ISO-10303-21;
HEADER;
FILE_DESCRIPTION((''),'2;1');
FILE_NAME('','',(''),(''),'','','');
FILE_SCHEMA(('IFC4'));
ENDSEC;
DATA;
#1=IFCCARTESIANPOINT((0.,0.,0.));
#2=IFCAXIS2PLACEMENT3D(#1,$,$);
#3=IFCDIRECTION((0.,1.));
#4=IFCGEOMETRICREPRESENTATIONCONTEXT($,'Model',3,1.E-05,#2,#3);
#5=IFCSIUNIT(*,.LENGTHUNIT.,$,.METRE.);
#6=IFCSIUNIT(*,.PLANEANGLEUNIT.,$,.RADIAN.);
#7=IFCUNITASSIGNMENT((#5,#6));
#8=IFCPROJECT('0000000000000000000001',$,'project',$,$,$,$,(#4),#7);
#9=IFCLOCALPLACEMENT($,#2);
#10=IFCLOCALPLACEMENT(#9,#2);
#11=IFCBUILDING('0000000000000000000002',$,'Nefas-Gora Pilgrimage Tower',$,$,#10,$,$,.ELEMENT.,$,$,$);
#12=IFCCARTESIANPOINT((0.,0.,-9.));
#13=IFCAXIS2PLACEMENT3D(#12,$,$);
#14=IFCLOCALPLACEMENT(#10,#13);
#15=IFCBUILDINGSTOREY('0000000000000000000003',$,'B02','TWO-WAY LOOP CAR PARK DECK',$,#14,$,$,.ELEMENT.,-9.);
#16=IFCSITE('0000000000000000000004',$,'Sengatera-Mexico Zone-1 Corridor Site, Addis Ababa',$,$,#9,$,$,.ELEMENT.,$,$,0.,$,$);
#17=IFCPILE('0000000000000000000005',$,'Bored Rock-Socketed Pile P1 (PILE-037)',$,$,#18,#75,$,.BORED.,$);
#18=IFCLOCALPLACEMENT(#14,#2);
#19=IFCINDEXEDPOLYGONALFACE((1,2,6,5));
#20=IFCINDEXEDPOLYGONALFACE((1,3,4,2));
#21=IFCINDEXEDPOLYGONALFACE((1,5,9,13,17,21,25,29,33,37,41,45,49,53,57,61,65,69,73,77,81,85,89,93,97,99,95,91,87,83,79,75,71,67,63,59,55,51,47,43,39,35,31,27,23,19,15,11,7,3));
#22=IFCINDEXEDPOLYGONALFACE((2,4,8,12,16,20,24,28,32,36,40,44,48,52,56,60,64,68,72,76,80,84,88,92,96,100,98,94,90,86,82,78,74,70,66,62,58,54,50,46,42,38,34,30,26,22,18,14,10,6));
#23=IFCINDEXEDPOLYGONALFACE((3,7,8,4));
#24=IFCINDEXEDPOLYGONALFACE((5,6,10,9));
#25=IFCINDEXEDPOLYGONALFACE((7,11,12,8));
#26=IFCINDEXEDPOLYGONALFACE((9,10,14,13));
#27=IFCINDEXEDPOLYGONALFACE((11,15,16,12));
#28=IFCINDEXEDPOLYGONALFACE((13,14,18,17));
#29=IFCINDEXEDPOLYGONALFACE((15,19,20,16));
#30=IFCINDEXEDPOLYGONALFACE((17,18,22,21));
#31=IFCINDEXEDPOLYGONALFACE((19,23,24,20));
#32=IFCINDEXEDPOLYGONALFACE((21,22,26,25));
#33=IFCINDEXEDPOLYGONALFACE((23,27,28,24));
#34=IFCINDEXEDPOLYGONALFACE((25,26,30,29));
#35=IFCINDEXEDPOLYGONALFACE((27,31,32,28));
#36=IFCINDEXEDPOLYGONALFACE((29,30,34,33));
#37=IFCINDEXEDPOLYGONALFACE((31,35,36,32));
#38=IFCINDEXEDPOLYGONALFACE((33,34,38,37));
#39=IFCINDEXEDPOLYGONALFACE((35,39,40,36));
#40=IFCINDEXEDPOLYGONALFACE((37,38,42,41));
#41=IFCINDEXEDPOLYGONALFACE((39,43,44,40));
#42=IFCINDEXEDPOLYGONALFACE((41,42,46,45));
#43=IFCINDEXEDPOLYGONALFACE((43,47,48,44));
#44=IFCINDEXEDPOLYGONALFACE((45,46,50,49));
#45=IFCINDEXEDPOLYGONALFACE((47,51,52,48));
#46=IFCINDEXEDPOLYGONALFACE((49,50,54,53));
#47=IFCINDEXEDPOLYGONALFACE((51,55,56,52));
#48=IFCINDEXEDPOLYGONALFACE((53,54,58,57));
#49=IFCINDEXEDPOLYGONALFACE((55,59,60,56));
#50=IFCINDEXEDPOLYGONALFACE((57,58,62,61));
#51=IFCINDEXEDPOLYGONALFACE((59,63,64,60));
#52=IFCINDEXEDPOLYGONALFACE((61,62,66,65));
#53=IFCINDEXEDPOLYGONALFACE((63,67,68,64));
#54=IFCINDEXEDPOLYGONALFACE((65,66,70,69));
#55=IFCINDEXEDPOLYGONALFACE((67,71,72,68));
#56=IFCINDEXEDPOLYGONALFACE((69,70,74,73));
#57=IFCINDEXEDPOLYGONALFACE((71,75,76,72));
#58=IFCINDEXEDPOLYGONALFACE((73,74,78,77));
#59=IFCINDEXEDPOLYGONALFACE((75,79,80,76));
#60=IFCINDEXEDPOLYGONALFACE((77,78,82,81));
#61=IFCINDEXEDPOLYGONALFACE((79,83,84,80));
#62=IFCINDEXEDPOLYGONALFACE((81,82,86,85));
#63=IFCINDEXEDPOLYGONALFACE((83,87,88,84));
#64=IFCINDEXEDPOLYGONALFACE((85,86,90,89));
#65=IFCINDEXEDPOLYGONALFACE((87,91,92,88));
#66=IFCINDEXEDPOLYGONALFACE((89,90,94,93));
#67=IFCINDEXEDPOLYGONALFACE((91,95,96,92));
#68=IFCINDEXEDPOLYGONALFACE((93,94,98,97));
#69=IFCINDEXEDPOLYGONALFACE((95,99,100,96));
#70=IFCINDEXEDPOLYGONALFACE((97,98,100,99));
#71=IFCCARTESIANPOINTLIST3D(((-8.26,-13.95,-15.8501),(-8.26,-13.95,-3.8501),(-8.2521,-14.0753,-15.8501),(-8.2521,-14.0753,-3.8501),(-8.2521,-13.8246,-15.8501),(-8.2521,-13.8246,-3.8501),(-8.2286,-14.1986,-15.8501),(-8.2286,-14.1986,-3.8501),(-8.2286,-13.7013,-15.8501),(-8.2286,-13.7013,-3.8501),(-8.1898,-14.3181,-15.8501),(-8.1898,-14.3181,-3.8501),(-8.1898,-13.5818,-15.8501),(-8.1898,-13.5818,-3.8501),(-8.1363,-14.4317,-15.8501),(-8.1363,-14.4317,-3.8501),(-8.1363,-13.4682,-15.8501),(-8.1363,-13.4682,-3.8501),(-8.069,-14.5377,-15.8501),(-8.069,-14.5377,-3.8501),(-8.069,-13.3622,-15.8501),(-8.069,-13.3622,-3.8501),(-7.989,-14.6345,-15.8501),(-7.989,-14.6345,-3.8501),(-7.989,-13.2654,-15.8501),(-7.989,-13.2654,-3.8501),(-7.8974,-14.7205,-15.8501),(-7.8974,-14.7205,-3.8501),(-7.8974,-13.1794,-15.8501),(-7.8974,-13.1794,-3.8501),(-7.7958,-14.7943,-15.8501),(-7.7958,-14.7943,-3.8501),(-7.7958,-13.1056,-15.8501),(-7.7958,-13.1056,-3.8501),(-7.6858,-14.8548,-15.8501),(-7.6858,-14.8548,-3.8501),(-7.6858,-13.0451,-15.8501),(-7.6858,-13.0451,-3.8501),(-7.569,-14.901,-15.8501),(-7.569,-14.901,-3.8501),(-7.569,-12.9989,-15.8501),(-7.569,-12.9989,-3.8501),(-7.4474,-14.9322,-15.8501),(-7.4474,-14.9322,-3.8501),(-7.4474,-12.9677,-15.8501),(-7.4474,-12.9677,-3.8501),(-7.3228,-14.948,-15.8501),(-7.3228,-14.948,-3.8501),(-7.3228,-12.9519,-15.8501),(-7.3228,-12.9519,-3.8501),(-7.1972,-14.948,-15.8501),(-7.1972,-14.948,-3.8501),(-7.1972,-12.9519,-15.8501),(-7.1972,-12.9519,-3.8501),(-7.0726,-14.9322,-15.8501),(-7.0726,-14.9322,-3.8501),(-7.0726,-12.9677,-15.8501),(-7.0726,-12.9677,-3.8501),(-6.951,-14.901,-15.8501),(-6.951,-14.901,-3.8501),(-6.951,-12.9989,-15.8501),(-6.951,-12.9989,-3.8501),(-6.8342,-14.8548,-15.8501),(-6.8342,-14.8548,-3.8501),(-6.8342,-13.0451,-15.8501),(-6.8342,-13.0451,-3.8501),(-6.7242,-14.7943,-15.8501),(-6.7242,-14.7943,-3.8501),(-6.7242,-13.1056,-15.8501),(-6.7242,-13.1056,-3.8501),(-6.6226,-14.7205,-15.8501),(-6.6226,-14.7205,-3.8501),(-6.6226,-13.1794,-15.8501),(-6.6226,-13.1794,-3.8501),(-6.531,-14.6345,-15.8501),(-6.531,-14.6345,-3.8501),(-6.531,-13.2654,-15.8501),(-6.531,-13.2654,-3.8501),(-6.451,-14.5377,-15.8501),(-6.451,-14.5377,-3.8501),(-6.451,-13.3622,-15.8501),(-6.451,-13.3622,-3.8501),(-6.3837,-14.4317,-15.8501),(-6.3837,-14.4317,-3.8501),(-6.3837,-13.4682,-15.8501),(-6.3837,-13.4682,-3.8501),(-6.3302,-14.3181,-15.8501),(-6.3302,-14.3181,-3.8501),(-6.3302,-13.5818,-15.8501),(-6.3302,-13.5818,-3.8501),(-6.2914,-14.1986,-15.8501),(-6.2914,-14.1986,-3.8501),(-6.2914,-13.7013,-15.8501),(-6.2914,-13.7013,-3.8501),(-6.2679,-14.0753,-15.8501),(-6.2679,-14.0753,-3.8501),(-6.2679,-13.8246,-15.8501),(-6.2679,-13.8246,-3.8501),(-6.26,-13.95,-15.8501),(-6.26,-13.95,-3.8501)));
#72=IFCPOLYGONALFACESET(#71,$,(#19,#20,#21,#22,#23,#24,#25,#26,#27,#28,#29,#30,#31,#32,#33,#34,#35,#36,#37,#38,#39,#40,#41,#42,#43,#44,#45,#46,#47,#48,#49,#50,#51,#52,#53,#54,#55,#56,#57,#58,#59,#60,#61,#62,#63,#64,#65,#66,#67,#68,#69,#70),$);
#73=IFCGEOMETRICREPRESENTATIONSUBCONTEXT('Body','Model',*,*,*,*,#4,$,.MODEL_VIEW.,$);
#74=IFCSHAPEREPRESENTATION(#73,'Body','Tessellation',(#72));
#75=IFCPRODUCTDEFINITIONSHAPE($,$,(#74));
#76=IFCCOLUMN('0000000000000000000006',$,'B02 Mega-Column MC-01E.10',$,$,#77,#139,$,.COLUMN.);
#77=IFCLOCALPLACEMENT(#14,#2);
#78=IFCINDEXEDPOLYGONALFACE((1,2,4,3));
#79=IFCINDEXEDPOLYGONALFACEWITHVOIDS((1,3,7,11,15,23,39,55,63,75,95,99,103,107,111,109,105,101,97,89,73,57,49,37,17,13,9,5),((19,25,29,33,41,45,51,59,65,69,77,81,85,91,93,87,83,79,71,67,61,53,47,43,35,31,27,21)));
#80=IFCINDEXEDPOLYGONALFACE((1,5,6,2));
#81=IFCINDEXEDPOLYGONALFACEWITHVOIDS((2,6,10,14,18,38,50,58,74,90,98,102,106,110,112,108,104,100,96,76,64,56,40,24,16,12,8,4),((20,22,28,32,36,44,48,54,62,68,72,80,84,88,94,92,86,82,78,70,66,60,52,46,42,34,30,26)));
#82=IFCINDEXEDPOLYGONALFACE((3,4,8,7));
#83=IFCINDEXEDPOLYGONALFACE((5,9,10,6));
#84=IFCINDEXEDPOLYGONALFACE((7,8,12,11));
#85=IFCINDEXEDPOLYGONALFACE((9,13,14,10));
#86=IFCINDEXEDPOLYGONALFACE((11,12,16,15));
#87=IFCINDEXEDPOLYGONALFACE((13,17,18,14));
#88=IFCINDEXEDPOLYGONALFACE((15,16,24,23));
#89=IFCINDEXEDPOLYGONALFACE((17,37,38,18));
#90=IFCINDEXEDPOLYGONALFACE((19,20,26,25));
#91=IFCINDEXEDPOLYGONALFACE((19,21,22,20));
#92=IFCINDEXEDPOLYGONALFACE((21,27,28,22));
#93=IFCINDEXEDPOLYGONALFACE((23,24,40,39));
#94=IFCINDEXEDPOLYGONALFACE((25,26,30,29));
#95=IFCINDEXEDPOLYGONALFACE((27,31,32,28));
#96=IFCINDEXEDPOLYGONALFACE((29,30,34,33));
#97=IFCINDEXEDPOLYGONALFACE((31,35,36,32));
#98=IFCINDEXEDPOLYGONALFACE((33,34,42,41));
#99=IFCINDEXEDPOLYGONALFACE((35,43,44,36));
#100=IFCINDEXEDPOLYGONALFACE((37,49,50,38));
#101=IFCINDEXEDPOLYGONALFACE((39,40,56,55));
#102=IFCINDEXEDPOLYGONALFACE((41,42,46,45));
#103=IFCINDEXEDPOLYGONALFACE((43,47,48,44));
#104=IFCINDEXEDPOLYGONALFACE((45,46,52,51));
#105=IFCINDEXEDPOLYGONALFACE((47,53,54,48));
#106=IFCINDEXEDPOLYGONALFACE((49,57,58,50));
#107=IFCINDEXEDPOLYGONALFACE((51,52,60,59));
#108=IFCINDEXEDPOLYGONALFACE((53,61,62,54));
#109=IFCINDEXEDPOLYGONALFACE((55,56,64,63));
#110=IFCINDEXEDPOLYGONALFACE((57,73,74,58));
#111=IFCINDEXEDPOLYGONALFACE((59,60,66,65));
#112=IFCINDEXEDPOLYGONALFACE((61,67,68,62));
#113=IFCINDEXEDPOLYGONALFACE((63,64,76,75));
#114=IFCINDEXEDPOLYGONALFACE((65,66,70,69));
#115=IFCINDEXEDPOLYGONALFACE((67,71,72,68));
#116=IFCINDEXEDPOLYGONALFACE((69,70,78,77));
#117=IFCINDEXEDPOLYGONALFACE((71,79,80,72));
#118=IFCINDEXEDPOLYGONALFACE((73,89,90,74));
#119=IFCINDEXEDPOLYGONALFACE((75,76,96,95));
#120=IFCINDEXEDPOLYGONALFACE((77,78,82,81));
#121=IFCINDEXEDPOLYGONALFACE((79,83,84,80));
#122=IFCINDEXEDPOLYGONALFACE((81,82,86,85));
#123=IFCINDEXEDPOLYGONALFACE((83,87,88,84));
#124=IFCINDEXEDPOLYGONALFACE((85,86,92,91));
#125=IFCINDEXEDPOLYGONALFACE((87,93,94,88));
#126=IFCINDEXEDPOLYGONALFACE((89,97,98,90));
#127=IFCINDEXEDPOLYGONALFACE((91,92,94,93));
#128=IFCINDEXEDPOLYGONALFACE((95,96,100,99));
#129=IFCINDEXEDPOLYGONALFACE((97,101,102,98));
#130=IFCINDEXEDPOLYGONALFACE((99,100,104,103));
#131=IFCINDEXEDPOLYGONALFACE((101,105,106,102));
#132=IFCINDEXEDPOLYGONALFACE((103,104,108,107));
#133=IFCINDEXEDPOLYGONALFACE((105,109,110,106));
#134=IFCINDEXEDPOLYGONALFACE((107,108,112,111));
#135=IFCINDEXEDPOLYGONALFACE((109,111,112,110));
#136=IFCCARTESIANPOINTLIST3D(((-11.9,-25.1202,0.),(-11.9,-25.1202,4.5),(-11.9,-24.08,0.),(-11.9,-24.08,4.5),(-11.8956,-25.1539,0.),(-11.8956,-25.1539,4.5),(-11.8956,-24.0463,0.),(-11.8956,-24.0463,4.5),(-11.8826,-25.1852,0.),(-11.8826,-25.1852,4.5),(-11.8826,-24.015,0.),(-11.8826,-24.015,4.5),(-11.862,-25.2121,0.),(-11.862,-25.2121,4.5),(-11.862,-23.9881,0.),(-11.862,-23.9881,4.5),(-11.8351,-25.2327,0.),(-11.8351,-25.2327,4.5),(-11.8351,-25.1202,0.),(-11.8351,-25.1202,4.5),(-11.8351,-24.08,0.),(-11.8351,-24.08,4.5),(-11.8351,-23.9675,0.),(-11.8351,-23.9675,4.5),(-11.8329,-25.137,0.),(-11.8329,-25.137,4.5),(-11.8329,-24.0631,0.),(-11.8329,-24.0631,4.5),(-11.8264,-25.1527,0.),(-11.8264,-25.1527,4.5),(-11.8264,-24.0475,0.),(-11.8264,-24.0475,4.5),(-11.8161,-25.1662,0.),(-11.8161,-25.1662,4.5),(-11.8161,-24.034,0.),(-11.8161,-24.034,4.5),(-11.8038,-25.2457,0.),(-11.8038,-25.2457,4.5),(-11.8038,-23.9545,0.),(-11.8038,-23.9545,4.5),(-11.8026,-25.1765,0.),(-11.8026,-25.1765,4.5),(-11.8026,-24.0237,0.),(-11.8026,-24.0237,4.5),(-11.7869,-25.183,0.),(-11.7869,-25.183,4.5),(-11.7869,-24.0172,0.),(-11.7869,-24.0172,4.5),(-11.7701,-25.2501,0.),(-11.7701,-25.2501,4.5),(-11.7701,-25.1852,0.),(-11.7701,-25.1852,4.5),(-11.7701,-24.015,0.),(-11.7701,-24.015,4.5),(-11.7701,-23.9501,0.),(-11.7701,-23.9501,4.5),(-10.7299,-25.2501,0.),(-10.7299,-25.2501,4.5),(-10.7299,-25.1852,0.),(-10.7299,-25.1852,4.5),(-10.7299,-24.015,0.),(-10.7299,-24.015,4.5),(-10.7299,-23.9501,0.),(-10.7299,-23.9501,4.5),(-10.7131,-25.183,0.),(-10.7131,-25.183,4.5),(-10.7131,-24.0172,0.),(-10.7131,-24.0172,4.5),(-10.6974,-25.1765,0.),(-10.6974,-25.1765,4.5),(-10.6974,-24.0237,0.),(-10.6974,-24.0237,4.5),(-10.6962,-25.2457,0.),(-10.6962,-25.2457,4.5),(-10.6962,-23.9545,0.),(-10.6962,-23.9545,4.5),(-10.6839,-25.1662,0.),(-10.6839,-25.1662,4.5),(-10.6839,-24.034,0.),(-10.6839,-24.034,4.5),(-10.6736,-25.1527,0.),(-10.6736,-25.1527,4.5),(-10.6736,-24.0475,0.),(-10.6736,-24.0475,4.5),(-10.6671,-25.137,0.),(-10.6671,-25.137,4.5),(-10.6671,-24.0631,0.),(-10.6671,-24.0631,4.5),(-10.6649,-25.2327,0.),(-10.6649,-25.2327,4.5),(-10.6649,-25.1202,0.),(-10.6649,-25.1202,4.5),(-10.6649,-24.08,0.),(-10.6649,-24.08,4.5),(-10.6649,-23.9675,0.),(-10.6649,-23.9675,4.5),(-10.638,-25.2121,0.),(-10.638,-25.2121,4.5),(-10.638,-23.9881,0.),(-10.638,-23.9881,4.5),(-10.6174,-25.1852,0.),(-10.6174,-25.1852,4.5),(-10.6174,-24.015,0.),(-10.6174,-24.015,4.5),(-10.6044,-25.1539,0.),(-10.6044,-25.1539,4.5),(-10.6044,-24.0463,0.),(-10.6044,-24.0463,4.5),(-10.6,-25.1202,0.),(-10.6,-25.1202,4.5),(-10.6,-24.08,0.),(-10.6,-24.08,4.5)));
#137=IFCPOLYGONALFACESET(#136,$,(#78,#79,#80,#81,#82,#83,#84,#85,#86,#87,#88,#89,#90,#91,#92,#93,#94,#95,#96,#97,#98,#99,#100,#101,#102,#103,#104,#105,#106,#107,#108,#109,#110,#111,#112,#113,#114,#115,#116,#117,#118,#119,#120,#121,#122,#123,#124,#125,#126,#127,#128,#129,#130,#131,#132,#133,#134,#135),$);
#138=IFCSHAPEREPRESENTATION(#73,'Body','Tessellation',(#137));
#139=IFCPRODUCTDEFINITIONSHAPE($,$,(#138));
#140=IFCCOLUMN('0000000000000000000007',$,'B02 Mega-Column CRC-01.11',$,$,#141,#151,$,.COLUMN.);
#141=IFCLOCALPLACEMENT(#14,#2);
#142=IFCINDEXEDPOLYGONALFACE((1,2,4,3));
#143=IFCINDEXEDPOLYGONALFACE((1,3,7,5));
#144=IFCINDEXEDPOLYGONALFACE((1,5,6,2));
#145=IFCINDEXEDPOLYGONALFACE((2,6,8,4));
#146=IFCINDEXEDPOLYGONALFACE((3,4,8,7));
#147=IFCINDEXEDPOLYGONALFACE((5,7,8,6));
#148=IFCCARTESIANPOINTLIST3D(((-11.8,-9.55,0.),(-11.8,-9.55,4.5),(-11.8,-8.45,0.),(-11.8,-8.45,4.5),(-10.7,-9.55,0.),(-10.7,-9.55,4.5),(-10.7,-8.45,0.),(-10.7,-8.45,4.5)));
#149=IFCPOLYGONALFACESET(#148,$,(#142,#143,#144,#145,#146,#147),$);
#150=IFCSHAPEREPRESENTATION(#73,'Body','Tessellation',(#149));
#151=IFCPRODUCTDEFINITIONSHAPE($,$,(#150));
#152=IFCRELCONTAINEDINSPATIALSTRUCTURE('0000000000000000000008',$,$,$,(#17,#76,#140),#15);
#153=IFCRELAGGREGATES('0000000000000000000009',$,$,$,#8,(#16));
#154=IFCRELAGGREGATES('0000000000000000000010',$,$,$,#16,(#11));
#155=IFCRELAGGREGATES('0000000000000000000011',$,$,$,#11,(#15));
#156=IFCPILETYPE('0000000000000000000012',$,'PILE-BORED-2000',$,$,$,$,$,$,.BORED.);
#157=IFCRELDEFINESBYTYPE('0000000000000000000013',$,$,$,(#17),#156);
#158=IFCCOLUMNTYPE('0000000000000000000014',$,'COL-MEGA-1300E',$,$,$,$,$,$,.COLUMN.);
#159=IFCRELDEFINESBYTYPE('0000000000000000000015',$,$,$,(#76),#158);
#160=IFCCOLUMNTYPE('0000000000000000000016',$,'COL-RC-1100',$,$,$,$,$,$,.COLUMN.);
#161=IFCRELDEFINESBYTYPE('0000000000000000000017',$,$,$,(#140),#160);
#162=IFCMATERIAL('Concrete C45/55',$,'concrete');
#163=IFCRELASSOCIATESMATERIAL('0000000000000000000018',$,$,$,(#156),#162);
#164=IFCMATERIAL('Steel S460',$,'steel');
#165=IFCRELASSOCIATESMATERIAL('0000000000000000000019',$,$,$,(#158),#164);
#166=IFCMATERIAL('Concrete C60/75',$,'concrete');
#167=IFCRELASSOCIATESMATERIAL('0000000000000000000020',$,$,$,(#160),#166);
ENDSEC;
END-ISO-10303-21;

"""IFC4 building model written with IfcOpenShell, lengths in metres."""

from ifc_helpers import new_model, si_unit, direction, frame, origin, origin_2d, place, context, subcontext, project, spatial, rectangle, hollow_rectangle, circle, extrude, source, transform, mapped, material, material_profile, profile_set, type_object, element, save


model = new_model("IFC4")

# Units and contexts
model_context = context("Model", 3, precision=1e-05, world=origin(), true_north=direction((0.0, 1.0)))
body_context = subcontext(model_context, "Body", "Model", "MODEL_VIEW")
ifc_project = project(units=[si_unit("LENGTHUNIT", "METRE"), si_unit("PLANEANGLEUNIT", "RADIAN")], contexts=[model_context])

# Site, building, storey
site_placement = place(None, origin())
site = spatial("IfcSite", under=ifc_project, at=site_placement, Name="Sengatera-Mexico Zone-1 Corridor Site, Addis Ababa", CompositionType="ELEMENT", RefElevation=0.0)
building_placement = place(site_placement, origin())
building = spatial("IfcBuilding", under=site, at=building_placement, Name="Nefas-Gora Pilgrimage Tower", CompositionType="ELEMENT")
storey_placement = place(building_placement, frame((0.0, 0.0, -9.0)))
storey = spatial("IfcBuildingStorey", under=building, at=storey_placement, Name="B02", Description="TWO-WAY LOOP CAR PARK DECK", CompositionType="ELEMENT", Elevation=-9.0)

# Pile
ifc_material_1 = material(Name="Concrete C45/55", Category="concrete")
ifc_material_profile_1 = material_profile(ifc_material_1, circle(Radius=1.0, at=origin_2d()), Name="PILE D2000")
ifc_profile_set_1 = profile_set([ifc_material_profile_1], Name="Concrete C45/55")
pile_type_1 = type_object("IfcPileType", Name="PILE-BORED-2000", PredefinedType="BORED", material=ifc_profile_set_1)
shared_shape_1 = source(origin(), body_context, "Body", "SweptSolid", [
    extrude(circle(Radius=1.0, at=origin_2d()), origin(), (0.0, 0.0, 1.0), 12.0),
])
for number, where, z_axis, x_axis, name in (
    (1, (-7.26, -13.95, -3.8501), (0.0, 0.0, -1.0), (1.0, 0.0, 0.0), "Bored Rock-Socketed Pile P1 (PILE-037)"),
):
    element("IfcPile", number, at=place(storey_placement, frame(where, z_axis=z_axis, x_axis=x_axis)), inside=storey, type_object=pile_type_1, Name=name, PredefinedType="BORED", context=body_context, shape_type="MappedRepresentation", body=[
        mapped(shared_shape_1, transform((0.0, 0.0, 0.0), x_axis=(1.0, 0.0, 0.0), y_axis=(0.0, 1.0, 0.0), z_axis=(0.0, 0.0, 1.0), scale=1.0)),
    ])

# Columns
ifc_material_2 = material(Name="Steel S460", Category="steel")
ifc_material_profile_2 = material_profile(ifc_material_2, hollow_rectangle(XDim=1.3, YDim=1.3, WallThickness=0.0649, InnerFilletRadius=0.0649, OuterFilletRadius=0.1299, at=origin_2d()), Name="BOX 1300x1300x65")
ifc_profile_set_2 = profile_set([ifc_material_profile_2], Name="Steel S460")
column_type_1 = type_object("IfcColumnType", Name="COL-MEGA-1300E", PredefinedType="COLUMN", material=ifc_profile_set_2)
shared_shape_2 = source(origin(), body_context, "Body", "SweptSolid", [
    extrude(hollow_rectangle(XDim=1.3, YDim=1.3, WallThickness=0.0649, InnerFilletRadius=0.0649, OuterFilletRadius=0.1299, at=origin_2d()), origin(), (0.0, 0.0, 1.0), 4.5),
])
column_1_placement = place(storey_placement, frame((-11.25, -24.6001, 0.0), z_axis=(0.0, 0.0, 1.0), x_axis=(1.0, 0.0, 0.0)))
element("IfcColumn", 2, at=column_1_placement, inside=storey, type_object=column_type_1, Name="B02 Mega-Column MC-01E.10", PredefinedType="COLUMN", context=body_context, shape_type="MappedRepresentation", body=[
    mapped(shared_shape_2, transform((0.0, 0.0, 0.0), x_axis=(1.0, 0.0, 0.0), y_axis=(0.0, 1.0, 0.0), z_axis=(0.0, 0.0, 1.0), scale=1.0)),
])
ifc_material_3 = material(Name="Concrete C60/75", Category="concrete")
ifc_material_profile_3 = material_profile(ifc_material_3, rectangle(XDim=1.1001, YDim=1.1001, at=origin_2d()), Name="RC 1100x1100")
ifc_profile_set_3 = profile_set([ifc_material_profile_3], Name="Concrete C60/75")
column_type_2 = type_object("IfcColumnType", Name="COL-RC-1100", PredefinedType="COLUMN", material=ifc_profile_set_3)
shared_shape_3 = source(origin(), body_context, "Body", "SweptSolid", [
    extrude(rectangle(XDim=1.1001, YDim=1.1001, at=origin_2d()), origin(), (0.0, 0.0, 1.0), 4.5),
])
column_2_placement = place(storey_placement, frame((-11.25, -9.0, 0.0), z_axis=(0.0, 0.0, 1.0), x_axis=(1.0, 0.0, 0.0)))
element("IfcColumn", 3, at=column_2_placement, inside=storey, type_object=column_type_2, Name="B02 Mega-Column CRC-01.11", PredefinedType="COLUMN", context=body_context, shape_type="MappedRepresentation", body=[
    mapped(shared_shape_3, transform((0.0, 0.0, 0.0), x_axis=(1.0, 0.0, 0.0), y_axis=(0.0, 1.0, 0.0), z_axis=(0.0, 0.0, 1.0), scale=1.0)),
])

save(model, "model.ifc")
